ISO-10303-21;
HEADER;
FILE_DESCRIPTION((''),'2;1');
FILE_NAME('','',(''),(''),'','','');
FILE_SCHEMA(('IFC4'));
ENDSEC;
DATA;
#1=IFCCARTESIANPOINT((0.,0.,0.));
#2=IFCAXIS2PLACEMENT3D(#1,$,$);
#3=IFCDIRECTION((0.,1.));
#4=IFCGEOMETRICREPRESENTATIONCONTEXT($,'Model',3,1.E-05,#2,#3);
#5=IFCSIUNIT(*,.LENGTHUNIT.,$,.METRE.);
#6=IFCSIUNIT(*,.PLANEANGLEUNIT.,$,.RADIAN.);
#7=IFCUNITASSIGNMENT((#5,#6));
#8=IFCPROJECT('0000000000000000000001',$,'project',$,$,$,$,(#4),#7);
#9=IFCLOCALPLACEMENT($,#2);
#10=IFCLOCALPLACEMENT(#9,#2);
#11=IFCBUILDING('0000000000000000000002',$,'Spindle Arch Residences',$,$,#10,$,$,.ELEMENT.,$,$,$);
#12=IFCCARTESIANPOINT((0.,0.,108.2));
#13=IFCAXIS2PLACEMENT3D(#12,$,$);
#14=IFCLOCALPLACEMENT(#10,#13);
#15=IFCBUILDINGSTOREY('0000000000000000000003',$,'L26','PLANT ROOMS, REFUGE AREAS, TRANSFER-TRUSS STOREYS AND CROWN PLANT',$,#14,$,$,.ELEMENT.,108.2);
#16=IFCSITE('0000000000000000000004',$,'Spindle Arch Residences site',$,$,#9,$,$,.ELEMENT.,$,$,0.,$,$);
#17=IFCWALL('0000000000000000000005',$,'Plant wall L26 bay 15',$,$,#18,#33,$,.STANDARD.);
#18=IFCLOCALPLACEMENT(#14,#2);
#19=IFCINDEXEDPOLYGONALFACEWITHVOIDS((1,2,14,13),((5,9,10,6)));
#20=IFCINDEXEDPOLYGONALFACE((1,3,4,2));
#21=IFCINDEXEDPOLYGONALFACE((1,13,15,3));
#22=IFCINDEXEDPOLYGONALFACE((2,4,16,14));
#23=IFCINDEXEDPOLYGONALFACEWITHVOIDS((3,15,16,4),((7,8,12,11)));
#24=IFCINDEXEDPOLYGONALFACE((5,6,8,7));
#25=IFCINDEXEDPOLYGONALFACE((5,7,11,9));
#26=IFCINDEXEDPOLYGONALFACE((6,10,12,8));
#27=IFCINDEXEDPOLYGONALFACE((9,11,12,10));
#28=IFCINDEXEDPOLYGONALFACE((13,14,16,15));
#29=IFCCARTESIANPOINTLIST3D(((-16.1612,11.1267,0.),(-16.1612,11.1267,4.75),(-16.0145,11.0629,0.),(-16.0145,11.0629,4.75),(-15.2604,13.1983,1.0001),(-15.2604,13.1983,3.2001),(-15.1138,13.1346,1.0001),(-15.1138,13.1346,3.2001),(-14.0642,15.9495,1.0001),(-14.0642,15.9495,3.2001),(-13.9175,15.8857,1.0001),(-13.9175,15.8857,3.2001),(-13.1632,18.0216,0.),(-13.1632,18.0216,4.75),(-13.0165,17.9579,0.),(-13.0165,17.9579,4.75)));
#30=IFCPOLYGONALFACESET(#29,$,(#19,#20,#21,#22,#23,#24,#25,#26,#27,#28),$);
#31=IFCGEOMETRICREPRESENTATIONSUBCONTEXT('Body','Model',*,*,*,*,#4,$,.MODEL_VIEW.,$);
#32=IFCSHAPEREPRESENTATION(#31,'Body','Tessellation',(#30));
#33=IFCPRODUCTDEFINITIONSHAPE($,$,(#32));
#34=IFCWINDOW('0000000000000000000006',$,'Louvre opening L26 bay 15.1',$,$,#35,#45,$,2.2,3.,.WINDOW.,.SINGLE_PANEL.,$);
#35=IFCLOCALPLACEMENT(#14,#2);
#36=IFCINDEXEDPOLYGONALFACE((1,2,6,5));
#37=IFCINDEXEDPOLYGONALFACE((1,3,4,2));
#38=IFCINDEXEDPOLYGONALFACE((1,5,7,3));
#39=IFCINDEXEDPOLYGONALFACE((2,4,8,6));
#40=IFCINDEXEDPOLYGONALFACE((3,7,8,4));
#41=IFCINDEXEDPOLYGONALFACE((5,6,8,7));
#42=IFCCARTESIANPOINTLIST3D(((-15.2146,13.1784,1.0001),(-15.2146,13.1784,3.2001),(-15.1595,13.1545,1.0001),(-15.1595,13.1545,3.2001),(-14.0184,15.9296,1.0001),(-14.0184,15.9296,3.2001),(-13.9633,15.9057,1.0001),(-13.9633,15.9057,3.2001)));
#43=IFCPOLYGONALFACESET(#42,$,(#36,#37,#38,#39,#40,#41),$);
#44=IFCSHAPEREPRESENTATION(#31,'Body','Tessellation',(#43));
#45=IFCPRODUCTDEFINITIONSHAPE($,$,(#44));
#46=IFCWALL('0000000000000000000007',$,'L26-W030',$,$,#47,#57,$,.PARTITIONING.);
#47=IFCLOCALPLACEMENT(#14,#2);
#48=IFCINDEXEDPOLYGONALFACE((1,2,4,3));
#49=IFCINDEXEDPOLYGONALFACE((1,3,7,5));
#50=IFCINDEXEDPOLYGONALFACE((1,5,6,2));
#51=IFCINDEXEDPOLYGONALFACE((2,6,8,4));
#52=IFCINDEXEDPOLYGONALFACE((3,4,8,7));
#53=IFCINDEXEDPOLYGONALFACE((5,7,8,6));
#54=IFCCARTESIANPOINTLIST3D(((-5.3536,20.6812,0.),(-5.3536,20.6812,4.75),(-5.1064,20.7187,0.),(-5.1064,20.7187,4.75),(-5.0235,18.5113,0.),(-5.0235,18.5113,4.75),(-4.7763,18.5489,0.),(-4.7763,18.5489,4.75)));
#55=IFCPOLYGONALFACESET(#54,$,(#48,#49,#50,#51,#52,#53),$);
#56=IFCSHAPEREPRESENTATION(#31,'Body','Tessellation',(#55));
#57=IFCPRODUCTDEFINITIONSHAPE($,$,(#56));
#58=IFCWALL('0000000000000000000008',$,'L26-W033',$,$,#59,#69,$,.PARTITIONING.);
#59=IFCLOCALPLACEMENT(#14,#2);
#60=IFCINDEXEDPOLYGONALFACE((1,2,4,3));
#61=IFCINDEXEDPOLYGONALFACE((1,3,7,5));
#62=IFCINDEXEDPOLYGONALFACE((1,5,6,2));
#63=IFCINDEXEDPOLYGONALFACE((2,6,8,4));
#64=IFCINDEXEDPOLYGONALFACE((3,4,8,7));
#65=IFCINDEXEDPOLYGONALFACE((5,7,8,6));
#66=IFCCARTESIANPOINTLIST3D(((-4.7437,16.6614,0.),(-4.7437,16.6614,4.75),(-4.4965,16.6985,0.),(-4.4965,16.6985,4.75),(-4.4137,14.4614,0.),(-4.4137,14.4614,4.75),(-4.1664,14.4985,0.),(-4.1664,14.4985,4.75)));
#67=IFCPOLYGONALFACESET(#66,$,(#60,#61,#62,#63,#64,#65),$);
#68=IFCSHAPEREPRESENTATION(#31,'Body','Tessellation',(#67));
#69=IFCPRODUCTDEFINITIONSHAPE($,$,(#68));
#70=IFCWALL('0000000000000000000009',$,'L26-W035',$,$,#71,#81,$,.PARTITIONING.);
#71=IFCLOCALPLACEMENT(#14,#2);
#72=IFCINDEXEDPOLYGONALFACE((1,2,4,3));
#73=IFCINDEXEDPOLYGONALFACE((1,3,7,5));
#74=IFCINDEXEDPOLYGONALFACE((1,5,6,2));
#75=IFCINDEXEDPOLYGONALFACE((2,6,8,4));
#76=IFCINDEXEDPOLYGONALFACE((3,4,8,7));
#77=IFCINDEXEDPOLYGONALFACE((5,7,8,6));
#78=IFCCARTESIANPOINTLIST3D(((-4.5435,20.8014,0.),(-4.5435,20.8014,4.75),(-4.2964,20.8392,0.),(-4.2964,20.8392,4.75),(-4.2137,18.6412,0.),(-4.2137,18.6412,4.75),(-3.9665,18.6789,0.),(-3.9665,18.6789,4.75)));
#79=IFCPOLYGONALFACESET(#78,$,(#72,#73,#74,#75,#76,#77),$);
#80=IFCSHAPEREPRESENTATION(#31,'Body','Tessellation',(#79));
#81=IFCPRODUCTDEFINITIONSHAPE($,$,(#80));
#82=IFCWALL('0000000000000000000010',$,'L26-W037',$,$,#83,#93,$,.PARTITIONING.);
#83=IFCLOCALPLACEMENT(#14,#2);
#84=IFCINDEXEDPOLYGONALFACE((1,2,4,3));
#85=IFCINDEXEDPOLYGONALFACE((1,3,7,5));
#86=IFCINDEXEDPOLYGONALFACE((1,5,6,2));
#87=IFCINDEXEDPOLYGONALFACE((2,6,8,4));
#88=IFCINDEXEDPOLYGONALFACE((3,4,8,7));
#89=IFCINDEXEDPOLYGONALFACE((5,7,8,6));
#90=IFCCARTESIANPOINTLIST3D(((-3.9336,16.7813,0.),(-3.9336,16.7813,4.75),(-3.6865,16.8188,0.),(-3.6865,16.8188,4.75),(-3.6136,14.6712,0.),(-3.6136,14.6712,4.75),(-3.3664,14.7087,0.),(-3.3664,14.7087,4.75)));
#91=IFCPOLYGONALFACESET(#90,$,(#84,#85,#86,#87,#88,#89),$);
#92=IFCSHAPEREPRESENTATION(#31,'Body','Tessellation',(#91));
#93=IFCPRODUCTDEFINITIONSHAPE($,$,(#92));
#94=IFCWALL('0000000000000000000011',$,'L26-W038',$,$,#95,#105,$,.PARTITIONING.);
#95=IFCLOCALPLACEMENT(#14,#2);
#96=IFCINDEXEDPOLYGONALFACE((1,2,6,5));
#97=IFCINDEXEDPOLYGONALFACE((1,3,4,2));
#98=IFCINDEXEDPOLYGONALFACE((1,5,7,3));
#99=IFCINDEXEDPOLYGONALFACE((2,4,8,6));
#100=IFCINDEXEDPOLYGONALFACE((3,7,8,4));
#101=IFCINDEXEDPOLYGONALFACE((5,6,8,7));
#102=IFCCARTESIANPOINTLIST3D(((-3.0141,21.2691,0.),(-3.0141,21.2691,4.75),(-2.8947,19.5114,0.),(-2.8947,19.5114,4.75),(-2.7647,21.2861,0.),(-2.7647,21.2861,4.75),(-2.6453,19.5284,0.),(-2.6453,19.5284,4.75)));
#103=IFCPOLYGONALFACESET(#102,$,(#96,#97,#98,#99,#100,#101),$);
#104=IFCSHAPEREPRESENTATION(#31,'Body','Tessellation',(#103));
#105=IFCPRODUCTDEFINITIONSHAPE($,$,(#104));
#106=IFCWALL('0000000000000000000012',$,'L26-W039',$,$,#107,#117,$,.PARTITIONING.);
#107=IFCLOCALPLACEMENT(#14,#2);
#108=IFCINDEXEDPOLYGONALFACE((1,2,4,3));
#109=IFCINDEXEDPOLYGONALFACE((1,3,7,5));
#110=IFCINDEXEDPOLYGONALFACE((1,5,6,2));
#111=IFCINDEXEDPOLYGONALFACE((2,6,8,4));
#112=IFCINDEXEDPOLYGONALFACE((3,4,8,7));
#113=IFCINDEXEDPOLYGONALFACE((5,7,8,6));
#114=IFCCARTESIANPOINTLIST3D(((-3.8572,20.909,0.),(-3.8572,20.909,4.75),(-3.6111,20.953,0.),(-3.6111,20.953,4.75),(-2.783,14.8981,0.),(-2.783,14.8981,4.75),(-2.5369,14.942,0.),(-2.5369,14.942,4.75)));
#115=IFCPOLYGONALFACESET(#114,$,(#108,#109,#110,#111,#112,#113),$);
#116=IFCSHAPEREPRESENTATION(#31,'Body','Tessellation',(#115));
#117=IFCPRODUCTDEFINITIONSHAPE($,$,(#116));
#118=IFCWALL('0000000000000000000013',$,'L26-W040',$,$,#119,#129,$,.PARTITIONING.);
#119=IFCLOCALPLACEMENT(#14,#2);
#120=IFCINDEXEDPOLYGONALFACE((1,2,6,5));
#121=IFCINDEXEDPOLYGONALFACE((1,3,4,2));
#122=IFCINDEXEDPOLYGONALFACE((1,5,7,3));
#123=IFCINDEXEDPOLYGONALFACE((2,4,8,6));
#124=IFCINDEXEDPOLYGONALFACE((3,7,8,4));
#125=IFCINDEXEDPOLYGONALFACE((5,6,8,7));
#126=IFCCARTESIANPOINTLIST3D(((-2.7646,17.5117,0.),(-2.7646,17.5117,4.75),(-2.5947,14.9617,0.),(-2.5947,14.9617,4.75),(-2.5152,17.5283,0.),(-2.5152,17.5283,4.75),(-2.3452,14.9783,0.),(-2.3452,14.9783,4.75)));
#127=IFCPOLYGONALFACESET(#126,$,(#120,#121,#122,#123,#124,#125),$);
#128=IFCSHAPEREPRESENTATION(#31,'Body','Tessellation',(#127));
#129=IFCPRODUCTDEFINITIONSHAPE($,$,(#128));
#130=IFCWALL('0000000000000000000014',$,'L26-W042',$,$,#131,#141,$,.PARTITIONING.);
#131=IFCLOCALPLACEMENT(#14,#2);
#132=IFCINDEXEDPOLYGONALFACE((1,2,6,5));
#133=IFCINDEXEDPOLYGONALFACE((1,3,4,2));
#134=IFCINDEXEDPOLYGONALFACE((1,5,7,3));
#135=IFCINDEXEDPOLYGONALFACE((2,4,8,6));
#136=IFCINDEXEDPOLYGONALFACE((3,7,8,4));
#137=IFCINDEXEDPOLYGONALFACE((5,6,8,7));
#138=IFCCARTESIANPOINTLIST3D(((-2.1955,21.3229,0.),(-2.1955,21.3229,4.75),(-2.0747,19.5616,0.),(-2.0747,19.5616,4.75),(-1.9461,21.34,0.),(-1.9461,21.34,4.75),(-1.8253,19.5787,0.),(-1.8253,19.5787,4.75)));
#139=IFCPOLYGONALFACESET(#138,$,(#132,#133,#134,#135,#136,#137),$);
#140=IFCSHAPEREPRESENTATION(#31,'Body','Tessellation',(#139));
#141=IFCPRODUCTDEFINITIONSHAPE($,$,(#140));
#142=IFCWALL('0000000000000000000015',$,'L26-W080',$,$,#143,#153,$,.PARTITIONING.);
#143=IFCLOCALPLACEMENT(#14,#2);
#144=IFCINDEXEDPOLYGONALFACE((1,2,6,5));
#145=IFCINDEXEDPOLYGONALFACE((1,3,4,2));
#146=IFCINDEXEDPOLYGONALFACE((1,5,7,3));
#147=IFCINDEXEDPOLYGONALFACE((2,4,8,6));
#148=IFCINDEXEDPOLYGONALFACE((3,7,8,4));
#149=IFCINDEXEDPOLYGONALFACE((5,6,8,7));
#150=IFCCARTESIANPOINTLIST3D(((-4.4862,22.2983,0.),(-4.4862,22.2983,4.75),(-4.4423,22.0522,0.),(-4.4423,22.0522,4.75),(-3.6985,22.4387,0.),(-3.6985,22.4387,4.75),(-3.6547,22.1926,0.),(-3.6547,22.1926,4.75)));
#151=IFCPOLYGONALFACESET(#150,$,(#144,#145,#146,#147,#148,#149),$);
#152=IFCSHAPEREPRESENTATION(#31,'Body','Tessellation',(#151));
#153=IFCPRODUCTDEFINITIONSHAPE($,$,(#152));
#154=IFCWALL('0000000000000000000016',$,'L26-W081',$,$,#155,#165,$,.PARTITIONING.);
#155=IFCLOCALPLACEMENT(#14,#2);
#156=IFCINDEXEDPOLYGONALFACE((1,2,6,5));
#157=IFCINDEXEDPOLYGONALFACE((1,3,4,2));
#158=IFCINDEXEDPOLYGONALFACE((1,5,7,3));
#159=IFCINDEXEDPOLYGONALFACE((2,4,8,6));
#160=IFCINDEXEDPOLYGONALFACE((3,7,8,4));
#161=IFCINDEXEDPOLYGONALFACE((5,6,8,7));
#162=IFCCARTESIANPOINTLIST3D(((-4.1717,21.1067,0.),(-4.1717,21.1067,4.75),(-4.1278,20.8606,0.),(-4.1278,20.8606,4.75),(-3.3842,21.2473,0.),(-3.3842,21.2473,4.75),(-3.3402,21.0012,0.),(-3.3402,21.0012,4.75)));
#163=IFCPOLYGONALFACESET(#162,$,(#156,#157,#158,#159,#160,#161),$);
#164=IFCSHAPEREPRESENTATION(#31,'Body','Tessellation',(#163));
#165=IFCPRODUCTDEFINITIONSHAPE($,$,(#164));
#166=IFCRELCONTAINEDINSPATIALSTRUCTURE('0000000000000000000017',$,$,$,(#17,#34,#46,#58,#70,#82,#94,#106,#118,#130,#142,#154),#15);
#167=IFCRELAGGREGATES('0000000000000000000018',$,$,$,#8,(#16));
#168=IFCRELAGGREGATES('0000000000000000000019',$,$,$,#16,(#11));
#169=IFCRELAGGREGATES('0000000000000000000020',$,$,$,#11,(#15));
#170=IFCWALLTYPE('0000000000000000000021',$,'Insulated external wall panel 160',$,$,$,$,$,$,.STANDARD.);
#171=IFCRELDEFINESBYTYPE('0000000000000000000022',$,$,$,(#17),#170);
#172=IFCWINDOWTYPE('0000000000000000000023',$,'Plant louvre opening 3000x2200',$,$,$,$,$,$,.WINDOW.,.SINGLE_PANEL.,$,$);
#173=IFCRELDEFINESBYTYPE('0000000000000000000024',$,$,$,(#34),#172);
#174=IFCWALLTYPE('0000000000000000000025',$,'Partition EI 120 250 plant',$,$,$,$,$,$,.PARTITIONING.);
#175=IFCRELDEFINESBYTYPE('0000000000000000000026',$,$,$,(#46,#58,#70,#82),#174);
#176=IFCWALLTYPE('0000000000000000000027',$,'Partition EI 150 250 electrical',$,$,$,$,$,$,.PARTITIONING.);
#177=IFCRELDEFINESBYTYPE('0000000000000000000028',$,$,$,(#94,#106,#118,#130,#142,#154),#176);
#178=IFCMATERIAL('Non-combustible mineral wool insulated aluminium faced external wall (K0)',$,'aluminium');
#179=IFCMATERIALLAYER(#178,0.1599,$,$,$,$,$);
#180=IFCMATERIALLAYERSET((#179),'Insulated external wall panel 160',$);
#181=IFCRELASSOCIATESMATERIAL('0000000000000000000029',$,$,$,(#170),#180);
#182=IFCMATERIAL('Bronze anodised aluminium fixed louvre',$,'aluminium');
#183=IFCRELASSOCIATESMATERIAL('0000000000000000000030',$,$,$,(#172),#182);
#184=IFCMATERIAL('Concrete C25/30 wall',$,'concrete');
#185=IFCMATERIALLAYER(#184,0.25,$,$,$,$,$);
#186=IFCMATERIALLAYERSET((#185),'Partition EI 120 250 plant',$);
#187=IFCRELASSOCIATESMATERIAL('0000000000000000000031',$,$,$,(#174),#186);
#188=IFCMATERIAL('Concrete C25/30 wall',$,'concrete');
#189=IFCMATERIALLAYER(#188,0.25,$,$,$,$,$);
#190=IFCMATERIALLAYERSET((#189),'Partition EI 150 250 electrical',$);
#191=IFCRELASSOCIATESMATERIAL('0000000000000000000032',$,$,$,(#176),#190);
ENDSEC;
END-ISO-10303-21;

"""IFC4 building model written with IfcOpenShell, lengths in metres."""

from ifc_helpers import new_model, si_unit, direction, frame, frame_2d, origin, place, context, subcontext, project, spatial, rectangle, extrude, material, layer, layer_set, type_object, element, fill, save


model = new_model("IFC4")

# Units and contexts
model_context = context("Model", 3, precision=1e-05, world=origin(), true_north=direction((0.0, 1.0)))
body_context = subcontext(model_context, "Body", "Model", "MODEL_VIEW")
ifc_project = project(units=[si_unit("LENGTHUNIT", "METRE"), si_unit("PLANEANGLEUNIT", "RADIAN")], contexts=[model_context])

# Site, building, storey
site_placement = place(None, origin())
site = spatial("IfcSite", under=ifc_project, at=site_placement, Name="Spindle Arch Residences site", CompositionType="ELEMENT", RefElevation=0.0)
building_placement = place(site_placement, origin())
building = spatial("IfcBuilding", under=site, at=building_placement, Name="Spindle Arch Residences", CompositionType="ELEMENT")
storey_placement = place(building_placement, frame((0.0, 0.0, 108.2)))
storey = spatial("IfcBuildingStorey", under=building, at=storey_placement, Name="L26", Description="PLANT ROOMS, REFUGE AREAS, TRANSFER-TRUSS STOREYS AND CROWN PLANT", CompositionType="ELEMENT", Elevation=108.2)

# Wall, opening, window
ifc_material_1 = material(Name="Non-combustible mineral wool insulated aluminium faced external wall (K0)", Category="aluminium")
ifc_layer_1 = layer(ifc_material_1, 0.1599)
ifc_layer_set_1 = layer_set([ifc_layer_1], Name="Insulated external wall panel 160")
wall_type_1 = type_object("IfcWallType", Name="Insulated external wall panel 160", PredefinedType="STANDARD", material=ifc_layer_set_1)
wall_1_placement = place(storey_placement, frame((-13.0898, 17.9897, 0.0), z_axis=(0.0, 0.0, 1.0), x_axis=(-0.39875, -0.91706, 0.0)))
wall_1 = element("IfcWall", 1, at=wall_1_placement, inside=storey, type_object=wall_type_1, Name="Plant wall L26 bay 15", PredefinedType="STANDARD", context=body_context, shape_type="SweptSolid", body=[
    extrude(rectangle(XDim=7.5186, YDim=0.1599, at=frame_2d((3.7593, 0.0))), origin(), (0.0, 0.0, 1.0), 4.75),
])
opening_placement = place(wall_1_placement, frame((2.2595, 0.0, 1.0)))
opening = element("IfcOpeningElement", 2, at=opening_placement, cuts=wall_1, PredefinedType="OPENING", context=body_context, shape_type="SweptSolid", body=[
    extrude(rectangle(XDim=3.0, YDim=2.2, at=frame_2d((1.5, 1.1001))), frame((0.0, 0.0898, 0.0), z_axis=(0.0, -1.0, 0.0), x_axis=(1.0, 0.0, 0.0)), (0.0, 0.0, 1.0), 0.1799),
])
ifc_material_2 = material(Name="Bronze anodised aluminium fixed louvre", Category="aluminium")
window_type = type_object("IfcWindowType", Name="Plant louvre opening 3000x2200", PartitioningType="SINGLE_PANEL", PredefinedType="WINDOW", material=ifc_material_2)
window_placement = place(opening_placement, origin())
window = element("IfcWindow", 3, at=window_placement, inside=storey, type_object=window_type, Name="Louvre opening L26 bay 15.1", OverallHeight=2.2, OverallWidth=3.0, PartitioningType="SINGLE_PANEL", PredefinedType="WINDOW", context=body_context, shape_type="SweptSolid", body=[
    extrude(rectangle(XDim=3.0, YDim=2.2, at=frame_2d((1.5, 1.1001))), frame((0.0, 0.03, 0.0), z_axis=(0.0, -1.0, 0.0), x_axis=(1.0, 0.0, 0.0)), (0.0, 0.0, 1.0), 0.0601),
])
fill(opening, window)

# Walls
ifc_material_3 = material(Name="Concrete C25/30 wall", Category="concrete")
ifc_layer_2 = layer(ifc_material_3, 0.25)
ifc_layer_set_2 = layer_set([ifc_layer_2], Name="Partition EI 120 250 plant")
wall_type_2 = type_object("IfcWallType", Name="Partition EI 120 250 plant", PredefinedType="PARTITIONING", material=ifc_layer_set_2)
wall_2_placement = place(storey_placement, frame((-5.23, 20.7, 0.0), z_axis=(0.0, 0.0, 1.0), x_axis=(0.150385, -0.988627, 0.0)))
element("IfcWall", 4, at=wall_2_placement, inside=storey, type_object=wall_type_2, Name="L26-W030", PredefinedType="PARTITIONING", context=body_context, shape_type="SweptSolid", body=[
    extrude(rectangle(XDim=2.1948, YDim=0.25, at=frame_2d((1.0974, 0.0))), origin(), (0.0, 0.0, 1.0), 4.75),
])
wall_3_placement = place(storey_placement, frame((-4.6201, 16.6799, 0.0), z_axis=(0.0, 0.0, 1.0), x_axis=(0.148378, -0.988931, 0.0)))
element("IfcWall", 5, at=wall_3_placement, inside=storey, type_object=wall_type_2, Name="L26-W033", PredefinedType="PARTITIONING", context=body_context, shape_type="SweptSolid", body=[
    extrude(rectangle(XDim=2.2246, YDim=0.25, at=frame_2d((1.1123, 0.0))), origin(), (0.0, 0.0, 1.0), 4.75),
])
wall_4_placement = place(storey_placement, frame((-4.0901, 18.6599, 0.0), z_axis=(0.0, 0.0, 1.0), x_axis=(-0.15094, 0.988543, 0.0)))
element("IfcWall", 6, at=wall_4_placement, inside=storey, type_object=wall_type_2, Name="L26-W035", PredefinedType="PARTITIONING", context=body_context, shape_type="SweptSolid", body=[
    extrude(rectangle(XDim=2.1853, YDim=0.25, at=frame_2d((1.0928, 0.0))), origin(), (0.0, 0.0, 1.0), 4.75),
])
wall_5_placement = place(storey_placement, frame((-3.49, 14.6899, 0.0), z_axis=(0.0, 0.0, 1.0), x_axis=(-0.149968, 0.988691, 0.0)))
element("IfcWall", 7, at=wall_5_placement, inside=storey, type_object=wall_type_2, Name="L26-W037", PredefinedType="PARTITIONING", context=body_context, shape_type="SweptSolid", body=[
    extrude(rectangle(XDim=2.1343, YDim=0.25, at=frame_2d((1.0671, 0.0))), origin(), (0.0, 0.0, 1.0), 4.75),
])
ifc_material_4 = material(Name="Concrete C25/30 wall", Category="concrete")
ifc_layer_3 = layer(ifc_material_4, 0.25)
ifc_layer_set_3 = layer_set([ifc_layer_3], Name="Partition EI 150 250 electrical")
wall_type_3 = type_object("IfcWallType", Name="Partition EI 150 250 electrical", PredefinedType="PARTITIONING", material=ifc_layer_set_3)
wall_6_placement = place(storey_placement, frame((-2.8894, 21.2776, 0.0), z_axis=(0.0, 0.0, 1.0), x_axis=(0.06777, -0.997701, 0.0)))
element("IfcWall", 8, at=wall_6_placement, inside=storey, type_object=wall_type_3, Name="L26-W038", PredefinedType="PARTITIONING", context=body_context, shape_type="SweptSolid", body=[
    extrude(rectangle(XDim=1.7617, YDim=0.25, at=frame_2d((0.8809, 0.0))), origin(), (0.0, 0.0, 1.0), 4.75),
])
wall_7_placement = place(storey_placement, frame((-2.6599, 14.9199, 0.0), z_axis=(0.0, 0.0, 1.0), x_axis=(-0.175922, 0.984404, 0.0)))
element("IfcWall", 9, at=wall_7_placement, inside=storey, type_object=wall_type_3, Name="L26-W039", PredefinedType="PARTITIONING", context=body_context, shape_type="SweptSolid", body=[
    extrude(rectangle(XDim=6.1062, YDim=0.25, at=frame_2d((3.0532, 0.0))), origin(), (0.0, 0.0, 1.0), 4.75),
])
wall_8_placement = place(storey_placement, frame((-2.6399, 17.52, 0.0), z_axis=(0.0, 0.0, 1.0), x_axis=(0.066487, -0.997787, 0.0)))
element("IfcWall", 10, at=wall_8_placement, inside=storey, type_object=wall_type_3, Name="L26-W040", PredefinedType="PARTITIONING", context=body_context, shape_type="SweptSolid", body=[
    extrude(rectangle(XDim=2.5557, YDim=0.25, at=frame_2d((1.2778, 0.0))), origin(), (0.0, 0.0, 1.0), 4.75),
])
wall_9_placement = place(storey_placement, frame((-1.95, 19.5701, 0.0), z_axis=(0.0, 0.0, 1.0), x_axis=(-0.068456, 0.997654, 0.0)))
element("IfcWall", 11, at=wall_9_placement, inside=storey, type_object=wall_type_3, Name="L26-W042", PredefinedType="PARTITIONING", context=body_context, shape_type="SweptSolid", body=[
    extrude(rectangle(XDim=1.7654, YDim=0.25, at=frame_2d((0.8828, 0.0))), origin(), (0.0, 0.0, 1.0), 4.75),
])
for number, where, z_axis, x_axis, name in (
    (12, (-4.4641, 22.1753, 0.0), (0.0, 0.0, 1.0), (0.984484, 0.175474, 0.0), "L26-W080"),
    (13, (-3.3623, 21.1243, 0.0), (0.0, 0.0, 1.0), (-0.984431, -0.17577, 0.0), "L26-W081"),
):
    element("IfcWall", number, at=place(storey_placement, frame(where, z_axis=z_axis, x_axis=x_axis)), inside=storey, type_object=wall_type_3, Name=name, PredefinedType="PARTITIONING", context=body_context, shape_type="SweptSolid", body=[
        extrude(rectangle(XDim=0.8, YDim=0.25, at=frame_2d((0.3999, 0.0))), origin(), (0.0, 0.0, 1.0), 4.75),
    ])

save(model, "model.ifc")
